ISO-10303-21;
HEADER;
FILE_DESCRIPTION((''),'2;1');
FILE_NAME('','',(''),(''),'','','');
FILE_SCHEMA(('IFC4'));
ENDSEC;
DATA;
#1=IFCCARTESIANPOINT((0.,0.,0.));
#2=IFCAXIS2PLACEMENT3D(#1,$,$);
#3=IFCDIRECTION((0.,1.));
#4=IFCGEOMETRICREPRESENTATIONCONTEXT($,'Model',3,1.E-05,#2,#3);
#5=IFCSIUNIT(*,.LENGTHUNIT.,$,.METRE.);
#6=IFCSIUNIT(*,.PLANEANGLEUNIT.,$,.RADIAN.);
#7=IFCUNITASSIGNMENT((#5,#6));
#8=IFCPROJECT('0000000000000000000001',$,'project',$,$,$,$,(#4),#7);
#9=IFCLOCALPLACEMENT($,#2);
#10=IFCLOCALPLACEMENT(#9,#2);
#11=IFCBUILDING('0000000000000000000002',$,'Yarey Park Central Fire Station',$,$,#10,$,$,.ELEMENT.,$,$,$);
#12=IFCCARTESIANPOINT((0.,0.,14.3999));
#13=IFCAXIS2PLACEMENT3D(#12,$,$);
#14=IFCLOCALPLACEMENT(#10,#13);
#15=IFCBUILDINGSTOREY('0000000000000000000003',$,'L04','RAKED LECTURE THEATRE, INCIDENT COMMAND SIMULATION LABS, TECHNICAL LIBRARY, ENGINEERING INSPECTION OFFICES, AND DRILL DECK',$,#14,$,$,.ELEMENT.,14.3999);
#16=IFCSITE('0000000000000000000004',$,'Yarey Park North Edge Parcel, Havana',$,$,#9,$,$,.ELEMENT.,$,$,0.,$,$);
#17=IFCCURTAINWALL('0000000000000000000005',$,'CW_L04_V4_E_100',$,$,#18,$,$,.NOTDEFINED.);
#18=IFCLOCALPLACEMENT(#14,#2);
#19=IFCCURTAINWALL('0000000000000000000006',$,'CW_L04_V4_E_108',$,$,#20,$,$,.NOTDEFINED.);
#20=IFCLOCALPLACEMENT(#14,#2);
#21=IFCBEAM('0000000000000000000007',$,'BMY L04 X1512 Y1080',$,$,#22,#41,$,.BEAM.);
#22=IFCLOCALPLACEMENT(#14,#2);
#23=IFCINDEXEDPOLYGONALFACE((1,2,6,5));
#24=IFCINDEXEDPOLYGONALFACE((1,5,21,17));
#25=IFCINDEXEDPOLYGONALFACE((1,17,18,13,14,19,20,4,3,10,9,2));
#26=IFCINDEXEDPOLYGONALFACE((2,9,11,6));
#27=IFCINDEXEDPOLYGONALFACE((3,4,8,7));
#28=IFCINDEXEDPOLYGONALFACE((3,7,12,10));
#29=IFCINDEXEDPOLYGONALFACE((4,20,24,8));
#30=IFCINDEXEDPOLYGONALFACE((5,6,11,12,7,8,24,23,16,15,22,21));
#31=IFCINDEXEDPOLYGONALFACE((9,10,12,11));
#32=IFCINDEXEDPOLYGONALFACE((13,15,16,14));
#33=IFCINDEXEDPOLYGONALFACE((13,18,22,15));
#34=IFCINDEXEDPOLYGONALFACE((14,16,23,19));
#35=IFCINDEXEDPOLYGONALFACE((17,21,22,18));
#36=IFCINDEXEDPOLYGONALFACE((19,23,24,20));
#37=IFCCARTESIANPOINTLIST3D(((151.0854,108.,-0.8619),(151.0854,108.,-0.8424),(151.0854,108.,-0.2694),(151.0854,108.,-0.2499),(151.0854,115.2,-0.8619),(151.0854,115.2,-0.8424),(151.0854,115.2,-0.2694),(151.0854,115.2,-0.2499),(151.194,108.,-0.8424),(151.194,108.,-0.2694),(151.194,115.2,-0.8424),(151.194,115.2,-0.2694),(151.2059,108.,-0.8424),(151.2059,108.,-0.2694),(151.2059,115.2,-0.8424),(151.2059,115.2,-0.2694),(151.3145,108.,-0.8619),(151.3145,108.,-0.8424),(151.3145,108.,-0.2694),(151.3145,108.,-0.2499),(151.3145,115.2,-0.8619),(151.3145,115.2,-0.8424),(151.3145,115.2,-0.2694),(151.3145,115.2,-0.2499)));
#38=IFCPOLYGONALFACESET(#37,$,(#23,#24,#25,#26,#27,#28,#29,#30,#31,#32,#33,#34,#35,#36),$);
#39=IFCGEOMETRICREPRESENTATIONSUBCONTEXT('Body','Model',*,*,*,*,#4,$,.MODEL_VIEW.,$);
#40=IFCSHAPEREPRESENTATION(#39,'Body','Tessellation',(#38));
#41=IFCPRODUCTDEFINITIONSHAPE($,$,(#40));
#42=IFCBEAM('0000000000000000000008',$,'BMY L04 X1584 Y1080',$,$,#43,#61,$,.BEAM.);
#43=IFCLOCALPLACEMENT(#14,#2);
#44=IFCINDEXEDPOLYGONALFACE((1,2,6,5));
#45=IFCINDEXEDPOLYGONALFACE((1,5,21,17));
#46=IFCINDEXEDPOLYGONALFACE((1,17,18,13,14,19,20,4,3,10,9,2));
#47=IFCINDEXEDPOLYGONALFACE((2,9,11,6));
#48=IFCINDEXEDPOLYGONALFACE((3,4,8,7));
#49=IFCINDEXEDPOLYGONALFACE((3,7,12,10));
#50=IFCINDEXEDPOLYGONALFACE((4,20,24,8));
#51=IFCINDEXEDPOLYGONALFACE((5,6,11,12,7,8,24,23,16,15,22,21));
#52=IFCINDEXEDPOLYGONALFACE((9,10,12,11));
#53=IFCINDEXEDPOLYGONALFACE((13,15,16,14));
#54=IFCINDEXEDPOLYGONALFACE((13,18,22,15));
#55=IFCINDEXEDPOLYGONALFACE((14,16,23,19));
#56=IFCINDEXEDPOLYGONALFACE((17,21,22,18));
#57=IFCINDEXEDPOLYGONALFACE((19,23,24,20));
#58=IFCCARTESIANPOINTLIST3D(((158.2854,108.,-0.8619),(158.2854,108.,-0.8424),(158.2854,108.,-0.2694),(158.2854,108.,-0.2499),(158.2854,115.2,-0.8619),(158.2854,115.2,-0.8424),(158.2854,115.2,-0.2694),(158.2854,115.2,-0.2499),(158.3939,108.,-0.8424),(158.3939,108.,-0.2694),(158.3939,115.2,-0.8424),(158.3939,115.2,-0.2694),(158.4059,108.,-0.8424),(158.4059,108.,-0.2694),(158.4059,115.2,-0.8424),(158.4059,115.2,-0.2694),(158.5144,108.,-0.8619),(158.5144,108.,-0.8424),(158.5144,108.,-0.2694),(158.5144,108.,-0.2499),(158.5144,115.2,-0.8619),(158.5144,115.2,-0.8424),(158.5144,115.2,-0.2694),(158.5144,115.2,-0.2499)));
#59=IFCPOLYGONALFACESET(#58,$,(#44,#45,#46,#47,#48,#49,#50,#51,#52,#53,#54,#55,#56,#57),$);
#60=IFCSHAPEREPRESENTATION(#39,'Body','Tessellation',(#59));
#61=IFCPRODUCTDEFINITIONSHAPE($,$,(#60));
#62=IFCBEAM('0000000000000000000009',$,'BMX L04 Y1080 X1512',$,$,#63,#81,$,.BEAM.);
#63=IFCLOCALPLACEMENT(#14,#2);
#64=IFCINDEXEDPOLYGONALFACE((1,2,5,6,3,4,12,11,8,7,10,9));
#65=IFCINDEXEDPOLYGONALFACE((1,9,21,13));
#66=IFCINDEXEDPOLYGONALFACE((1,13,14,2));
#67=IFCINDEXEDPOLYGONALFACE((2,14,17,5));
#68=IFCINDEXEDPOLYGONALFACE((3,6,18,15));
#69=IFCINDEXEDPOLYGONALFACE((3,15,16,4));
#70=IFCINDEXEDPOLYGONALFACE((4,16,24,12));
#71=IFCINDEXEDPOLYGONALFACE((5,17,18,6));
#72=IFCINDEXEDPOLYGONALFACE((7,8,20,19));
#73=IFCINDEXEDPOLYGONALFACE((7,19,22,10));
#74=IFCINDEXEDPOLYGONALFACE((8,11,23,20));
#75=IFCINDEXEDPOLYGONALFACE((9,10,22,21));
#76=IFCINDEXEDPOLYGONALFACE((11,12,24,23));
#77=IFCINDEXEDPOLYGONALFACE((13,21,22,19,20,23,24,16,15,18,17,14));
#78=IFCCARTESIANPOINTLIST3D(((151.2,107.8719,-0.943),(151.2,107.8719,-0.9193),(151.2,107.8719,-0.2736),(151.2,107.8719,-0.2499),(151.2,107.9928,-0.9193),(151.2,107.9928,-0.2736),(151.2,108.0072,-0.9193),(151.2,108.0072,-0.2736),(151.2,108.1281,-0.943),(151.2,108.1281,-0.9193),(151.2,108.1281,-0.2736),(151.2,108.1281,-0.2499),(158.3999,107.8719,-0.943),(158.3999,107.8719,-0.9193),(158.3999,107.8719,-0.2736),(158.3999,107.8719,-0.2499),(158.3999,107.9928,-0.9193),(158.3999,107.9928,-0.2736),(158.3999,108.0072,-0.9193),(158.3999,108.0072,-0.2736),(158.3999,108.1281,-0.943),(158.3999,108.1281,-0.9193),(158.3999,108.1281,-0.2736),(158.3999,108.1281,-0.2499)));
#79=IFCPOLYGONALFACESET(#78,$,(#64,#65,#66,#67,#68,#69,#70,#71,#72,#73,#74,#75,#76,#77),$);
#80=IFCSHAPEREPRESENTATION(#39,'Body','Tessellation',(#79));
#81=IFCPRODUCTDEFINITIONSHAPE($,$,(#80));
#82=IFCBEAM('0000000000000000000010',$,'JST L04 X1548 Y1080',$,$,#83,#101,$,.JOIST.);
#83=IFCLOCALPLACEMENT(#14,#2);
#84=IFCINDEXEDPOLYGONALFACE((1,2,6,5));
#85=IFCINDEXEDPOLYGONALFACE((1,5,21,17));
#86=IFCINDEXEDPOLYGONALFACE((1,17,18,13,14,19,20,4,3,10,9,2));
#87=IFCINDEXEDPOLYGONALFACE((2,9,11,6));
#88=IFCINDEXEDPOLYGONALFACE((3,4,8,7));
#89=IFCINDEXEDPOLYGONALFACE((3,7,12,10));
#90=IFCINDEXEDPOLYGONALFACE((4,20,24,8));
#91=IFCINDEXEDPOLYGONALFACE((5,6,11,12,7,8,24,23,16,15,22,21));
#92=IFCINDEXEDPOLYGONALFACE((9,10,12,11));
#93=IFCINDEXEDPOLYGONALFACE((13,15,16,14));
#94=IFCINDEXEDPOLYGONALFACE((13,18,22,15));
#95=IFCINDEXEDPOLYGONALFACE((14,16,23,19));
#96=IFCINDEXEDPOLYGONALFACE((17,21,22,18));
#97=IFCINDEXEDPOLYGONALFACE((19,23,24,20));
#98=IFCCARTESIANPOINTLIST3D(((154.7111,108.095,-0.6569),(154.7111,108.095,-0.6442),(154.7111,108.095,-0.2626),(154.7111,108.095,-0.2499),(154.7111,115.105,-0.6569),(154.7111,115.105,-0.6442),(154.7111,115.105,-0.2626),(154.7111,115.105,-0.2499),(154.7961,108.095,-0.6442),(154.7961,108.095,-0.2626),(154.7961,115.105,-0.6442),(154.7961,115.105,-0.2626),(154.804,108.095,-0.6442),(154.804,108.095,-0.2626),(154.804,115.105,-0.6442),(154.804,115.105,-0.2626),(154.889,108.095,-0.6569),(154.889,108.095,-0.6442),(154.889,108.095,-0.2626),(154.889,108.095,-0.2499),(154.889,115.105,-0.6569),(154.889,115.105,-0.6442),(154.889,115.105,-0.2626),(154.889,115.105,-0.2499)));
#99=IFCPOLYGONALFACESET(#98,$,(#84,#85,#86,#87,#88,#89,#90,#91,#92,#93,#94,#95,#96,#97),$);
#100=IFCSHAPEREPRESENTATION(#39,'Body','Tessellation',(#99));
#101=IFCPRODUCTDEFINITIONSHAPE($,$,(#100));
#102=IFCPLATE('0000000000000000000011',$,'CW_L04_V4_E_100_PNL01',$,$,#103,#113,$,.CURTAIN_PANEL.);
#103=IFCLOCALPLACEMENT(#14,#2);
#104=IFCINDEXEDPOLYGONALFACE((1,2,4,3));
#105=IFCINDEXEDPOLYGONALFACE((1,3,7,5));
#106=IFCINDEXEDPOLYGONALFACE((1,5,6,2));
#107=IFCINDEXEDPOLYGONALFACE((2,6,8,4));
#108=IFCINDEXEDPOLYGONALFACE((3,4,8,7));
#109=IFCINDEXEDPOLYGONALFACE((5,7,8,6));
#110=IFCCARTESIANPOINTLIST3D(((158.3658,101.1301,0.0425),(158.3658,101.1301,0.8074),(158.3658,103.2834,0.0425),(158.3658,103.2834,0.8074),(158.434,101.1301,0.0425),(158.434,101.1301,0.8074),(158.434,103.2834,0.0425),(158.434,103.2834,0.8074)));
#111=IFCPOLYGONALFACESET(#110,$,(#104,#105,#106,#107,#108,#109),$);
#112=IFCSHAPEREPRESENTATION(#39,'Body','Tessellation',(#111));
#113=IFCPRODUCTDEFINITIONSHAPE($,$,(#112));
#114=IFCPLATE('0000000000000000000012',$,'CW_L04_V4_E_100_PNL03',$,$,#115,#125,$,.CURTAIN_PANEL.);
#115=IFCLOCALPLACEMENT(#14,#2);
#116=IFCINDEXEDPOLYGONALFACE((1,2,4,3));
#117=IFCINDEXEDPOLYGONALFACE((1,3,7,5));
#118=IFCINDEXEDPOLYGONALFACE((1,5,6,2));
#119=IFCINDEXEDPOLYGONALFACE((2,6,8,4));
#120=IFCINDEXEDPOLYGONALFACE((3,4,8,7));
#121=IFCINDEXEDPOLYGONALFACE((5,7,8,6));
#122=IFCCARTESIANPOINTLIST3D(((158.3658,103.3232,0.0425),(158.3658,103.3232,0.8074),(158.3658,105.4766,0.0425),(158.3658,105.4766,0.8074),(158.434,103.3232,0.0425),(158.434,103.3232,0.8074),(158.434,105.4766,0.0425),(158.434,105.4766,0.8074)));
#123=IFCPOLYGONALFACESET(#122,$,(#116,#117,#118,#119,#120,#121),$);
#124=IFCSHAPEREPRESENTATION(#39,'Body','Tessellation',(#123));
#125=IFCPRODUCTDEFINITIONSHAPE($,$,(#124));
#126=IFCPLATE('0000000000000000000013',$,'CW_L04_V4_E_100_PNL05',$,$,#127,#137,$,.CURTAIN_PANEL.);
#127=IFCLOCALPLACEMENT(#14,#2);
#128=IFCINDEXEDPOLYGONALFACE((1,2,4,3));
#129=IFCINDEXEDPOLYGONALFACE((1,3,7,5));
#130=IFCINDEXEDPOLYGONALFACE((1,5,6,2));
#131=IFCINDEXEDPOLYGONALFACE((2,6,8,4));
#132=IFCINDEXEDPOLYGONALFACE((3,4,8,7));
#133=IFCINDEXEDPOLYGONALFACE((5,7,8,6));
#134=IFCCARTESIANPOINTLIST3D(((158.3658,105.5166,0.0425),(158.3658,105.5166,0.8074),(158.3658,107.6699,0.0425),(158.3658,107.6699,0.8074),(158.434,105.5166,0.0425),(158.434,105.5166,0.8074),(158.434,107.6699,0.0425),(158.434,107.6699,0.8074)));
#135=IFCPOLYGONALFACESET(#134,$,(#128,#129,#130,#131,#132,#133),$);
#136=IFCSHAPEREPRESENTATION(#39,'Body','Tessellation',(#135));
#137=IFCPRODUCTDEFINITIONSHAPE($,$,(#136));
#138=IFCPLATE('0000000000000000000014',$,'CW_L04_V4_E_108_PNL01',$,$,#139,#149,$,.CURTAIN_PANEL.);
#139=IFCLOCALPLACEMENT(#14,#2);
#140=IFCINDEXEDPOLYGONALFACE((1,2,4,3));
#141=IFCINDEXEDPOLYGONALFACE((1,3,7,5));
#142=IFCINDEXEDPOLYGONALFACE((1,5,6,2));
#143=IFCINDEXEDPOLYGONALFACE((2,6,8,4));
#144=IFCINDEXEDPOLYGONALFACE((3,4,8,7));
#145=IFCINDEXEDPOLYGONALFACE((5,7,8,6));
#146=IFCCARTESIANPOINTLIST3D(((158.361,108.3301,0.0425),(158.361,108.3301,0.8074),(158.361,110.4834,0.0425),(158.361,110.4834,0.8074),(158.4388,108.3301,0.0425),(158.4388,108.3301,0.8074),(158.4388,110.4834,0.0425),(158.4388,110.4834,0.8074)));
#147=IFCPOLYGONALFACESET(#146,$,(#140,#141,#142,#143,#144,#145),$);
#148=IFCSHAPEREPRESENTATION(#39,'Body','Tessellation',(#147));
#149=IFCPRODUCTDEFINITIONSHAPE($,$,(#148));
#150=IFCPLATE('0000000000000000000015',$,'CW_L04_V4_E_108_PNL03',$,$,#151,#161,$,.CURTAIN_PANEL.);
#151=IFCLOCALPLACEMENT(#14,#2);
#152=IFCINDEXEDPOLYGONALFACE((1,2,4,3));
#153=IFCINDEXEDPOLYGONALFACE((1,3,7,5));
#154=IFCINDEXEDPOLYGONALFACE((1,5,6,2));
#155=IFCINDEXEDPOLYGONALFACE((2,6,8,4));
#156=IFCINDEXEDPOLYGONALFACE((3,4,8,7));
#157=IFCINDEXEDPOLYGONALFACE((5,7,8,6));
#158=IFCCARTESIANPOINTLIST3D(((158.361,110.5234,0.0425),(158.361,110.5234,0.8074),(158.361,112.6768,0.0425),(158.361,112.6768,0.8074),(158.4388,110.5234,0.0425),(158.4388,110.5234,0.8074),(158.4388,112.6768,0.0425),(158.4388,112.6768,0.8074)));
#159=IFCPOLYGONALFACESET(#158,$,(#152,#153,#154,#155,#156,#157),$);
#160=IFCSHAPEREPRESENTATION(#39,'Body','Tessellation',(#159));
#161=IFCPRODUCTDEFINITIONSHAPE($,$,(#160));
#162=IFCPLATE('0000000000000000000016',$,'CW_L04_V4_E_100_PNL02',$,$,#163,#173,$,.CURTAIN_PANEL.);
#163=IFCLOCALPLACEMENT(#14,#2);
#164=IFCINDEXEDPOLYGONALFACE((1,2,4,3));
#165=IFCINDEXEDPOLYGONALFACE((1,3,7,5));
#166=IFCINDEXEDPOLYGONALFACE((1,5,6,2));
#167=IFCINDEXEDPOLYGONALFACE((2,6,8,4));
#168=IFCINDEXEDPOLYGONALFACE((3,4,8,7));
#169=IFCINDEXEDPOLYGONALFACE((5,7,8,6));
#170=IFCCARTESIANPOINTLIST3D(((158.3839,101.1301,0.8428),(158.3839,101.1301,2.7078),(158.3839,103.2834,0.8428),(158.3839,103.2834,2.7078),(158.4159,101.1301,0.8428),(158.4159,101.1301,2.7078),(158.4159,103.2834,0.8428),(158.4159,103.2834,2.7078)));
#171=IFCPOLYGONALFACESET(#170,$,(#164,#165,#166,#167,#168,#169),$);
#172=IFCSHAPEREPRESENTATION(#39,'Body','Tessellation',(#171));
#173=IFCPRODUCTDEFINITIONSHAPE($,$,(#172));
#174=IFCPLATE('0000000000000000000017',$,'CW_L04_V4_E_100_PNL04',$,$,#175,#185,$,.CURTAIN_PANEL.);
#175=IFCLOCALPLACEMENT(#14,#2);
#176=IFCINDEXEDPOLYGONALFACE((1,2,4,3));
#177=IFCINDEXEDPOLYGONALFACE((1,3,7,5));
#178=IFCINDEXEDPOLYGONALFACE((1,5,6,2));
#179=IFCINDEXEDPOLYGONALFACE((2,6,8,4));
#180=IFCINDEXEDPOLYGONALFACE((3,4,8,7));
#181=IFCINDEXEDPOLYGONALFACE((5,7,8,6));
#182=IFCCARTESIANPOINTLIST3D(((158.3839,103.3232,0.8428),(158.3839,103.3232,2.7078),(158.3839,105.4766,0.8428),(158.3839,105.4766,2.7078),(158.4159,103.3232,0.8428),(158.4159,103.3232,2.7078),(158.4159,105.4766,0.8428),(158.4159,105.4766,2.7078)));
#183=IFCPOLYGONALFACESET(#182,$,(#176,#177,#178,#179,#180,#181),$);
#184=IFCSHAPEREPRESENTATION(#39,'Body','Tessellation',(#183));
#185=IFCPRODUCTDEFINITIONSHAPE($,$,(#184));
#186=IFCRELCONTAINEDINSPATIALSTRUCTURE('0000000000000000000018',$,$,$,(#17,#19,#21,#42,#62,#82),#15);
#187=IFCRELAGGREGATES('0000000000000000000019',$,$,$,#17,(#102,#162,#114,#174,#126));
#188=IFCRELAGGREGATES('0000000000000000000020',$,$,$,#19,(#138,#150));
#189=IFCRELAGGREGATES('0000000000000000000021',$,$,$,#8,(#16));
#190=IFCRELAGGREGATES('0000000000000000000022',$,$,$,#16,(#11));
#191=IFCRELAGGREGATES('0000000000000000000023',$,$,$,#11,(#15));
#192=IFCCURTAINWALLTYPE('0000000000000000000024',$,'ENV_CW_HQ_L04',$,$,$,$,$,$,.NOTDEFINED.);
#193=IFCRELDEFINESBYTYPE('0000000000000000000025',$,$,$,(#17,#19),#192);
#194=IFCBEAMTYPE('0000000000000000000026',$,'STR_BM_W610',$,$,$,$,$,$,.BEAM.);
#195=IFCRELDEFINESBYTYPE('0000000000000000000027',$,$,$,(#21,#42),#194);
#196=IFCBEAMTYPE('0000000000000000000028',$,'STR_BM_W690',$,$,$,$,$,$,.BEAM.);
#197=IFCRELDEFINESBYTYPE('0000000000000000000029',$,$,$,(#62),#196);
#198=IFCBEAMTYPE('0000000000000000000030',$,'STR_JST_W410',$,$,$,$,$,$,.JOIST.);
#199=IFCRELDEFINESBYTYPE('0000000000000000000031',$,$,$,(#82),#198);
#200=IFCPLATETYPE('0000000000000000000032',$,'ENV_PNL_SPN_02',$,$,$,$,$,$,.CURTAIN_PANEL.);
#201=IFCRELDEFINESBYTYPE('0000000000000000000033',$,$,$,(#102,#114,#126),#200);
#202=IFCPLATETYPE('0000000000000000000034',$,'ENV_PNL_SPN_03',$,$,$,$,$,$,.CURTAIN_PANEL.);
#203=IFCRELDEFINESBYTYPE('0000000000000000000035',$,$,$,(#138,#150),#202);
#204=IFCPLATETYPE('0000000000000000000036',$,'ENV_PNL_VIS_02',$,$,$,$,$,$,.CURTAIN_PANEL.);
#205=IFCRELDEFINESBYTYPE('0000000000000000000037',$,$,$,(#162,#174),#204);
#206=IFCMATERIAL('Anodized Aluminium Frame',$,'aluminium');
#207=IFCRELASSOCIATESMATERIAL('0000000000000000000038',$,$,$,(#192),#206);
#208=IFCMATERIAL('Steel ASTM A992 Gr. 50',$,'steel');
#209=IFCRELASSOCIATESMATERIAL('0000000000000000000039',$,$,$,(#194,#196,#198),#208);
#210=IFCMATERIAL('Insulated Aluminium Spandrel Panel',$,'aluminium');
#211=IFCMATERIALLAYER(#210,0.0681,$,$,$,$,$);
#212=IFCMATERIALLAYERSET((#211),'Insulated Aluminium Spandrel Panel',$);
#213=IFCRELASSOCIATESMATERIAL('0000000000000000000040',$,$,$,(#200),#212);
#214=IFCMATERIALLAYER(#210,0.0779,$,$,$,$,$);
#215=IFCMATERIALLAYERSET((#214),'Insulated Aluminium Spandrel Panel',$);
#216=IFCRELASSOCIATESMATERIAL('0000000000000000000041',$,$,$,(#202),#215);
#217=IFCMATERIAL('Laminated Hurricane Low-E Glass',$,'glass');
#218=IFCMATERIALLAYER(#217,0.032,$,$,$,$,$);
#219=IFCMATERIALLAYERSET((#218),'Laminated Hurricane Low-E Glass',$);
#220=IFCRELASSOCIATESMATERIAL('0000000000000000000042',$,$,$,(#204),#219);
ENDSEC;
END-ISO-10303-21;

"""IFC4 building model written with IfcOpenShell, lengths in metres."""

from ifc_helpers import new_model, si_unit, direction, frame, origin, origin_2d, place, context, subcontext, project, spatial, rectangle, i_section, extrude, material, layer, layer_set, material_profile, profile_set, type_object, element, aggregate, save


model = new_model("IFC4")

# Units and contexts
model_context = context("Model", 3, precision=1e-05, world=origin(), true_north=direction((0.0, 1.0)))
body_context = subcontext(model_context, "Body", "Model", "MODEL_VIEW")
ifc_project = project(units=[si_unit("LENGTHUNIT", "METRE"), si_unit("PLANEANGLEUNIT", "RADIAN")], contexts=[model_context])

# Site, building, storey
site_placement = place(None, origin())
site = spatial("IfcSite", under=ifc_project, at=site_placement, Name="Yarey Park North Edge Parcel, Havana", CompositionType="ELEMENT", RefElevation=0.0)
building_placement = place(site_placement, origin())
building = spatial("IfcBuilding", under=site, at=building_placement, Name="Yarey Park Central Fire Station", CompositionType="ELEMENT")
storey_placement = place(building_placement, frame((0.0, 0.0, 14.3999)))
storey = spatial("IfcBuildingStorey", under=building, at=storey_placement, Name="L04", Description="RAKED LECTURE THEATRE, INCIDENT COMMAND SIMULATION LABS, TECHNICAL LIBRARY, ENGINEERING INSPECTION OFFICES, AND DRILL DECK", CompositionType="ELEMENT", Elevation=14.3999)

# Curtain walls
ifc_material_1 = material(Name="Anodized Aluminium Frame", Category="aluminium")
curtain_wall_type = type_object("IfcCurtainWallType", Name="ENV_CW_HQ_L04", PredefinedType="NOTDEFINED", material=ifc_material_1)
curtain_wall_1_placement = place(storey_placement, origin())
curtain_wall_1 = element("IfcCurtainWall", 1, at=curtain_wall_1_placement, inside=storey, type_object=curtain_wall_type, Name="CW_L04_V4_E_100", PredefinedType="NOTDEFINED")
curtain_wall_2_placement = place(storey_placement, origin())
curtain_wall_2 = element("IfcCurtainWall", 2, at=curtain_wall_2_placement, inside=storey, type_object=curtain_wall_type, Name="CW_L04_V4_E_108", PredefinedType="NOTDEFINED")

# Beams
ifc_material_2 = material(Name="Steel ASTM A992 Gr. 50", Category="steel")
ifc_material_profile_1 = material_profile(ifc_material_2, i_section(OverallWidth=0.229, OverallDepth=0.6121, WebThickness=0.012, FlangeThickness=0.0195, at=origin_2d()), Name="W610x125")
ifc_profile_set_1 = profile_set([ifc_material_profile_1], Name="Steel ASTM A992 Gr. 50")
beam_type_1 = type_object("IfcBeamType", Name="STR_BM_W610", PredefinedType="BEAM", material=ifc_profile_set_1)
for number, where, z_axis, x_axis, name in (
    (3, (151.2, 108.0, -0.5559), (0.0, 1.0, 0.0), (-1.0, 0.0, 0.0), "BMY L04 X1512 Y1080"),
    (4, (158.3999, 108.0, -0.5559), (0.0, 1.0, 0.0), (-1.0, 0.0, 0.0), "BMY L04 X1584 Y1080"),
):
    element("IfcBeam", number, at=place(storey_placement, frame(where, z_axis=z_axis, x_axis=x_axis)), inside=storey, type_object=beam_type_1, Name=name, PredefinedType="BEAM", context=body_context, shape_type="SweptSolid", body=[
        extrude(i_section(OverallWidth=0.229, OverallDepth=0.6121, WebThickness=0.012, FlangeThickness=0.0195, at=origin_2d()), origin(), (0.0, 0.0, 1.0), 7.2),
    ])
ifc_material_profile_2 = material_profile(ifc_material_2, i_section(OverallWidth=0.2561, OverallDepth=0.6931, WebThickness=0.0144, FlangeThickness=0.0237, at=origin_2d()), Name="W690x170")
ifc_profile_set_2 = profile_set([ifc_material_profile_2], Name="Steel ASTM A992 Gr. 50")
beam_type_2 = type_object("IfcBeamType", Name="STR_BM_W690", PredefinedType="BEAM", material=ifc_profile_set_2)
beam_1_placement = place(storey_placement, frame((151.2, 108.0, -0.5964), z_axis=(1.0, 0.0, 0.0), x_axis=(0.0, 1.0, 0.0)))
element("IfcBeam", 5, at=beam_1_placement, inside=storey, type_object=beam_type_2, Name="BMX L04 Y1080 X1512", PredefinedType="BEAM", context=body_context, shape_type="SweptSolid", body=[
    extrude(i_section(OverallWidth=0.2561, OverallDepth=0.6931, WebThickness=0.0144, FlangeThickness=0.0237, at=origin_2d()), origin(), (0.0, 0.0, 1.0), 7.2),
])
ifc_material_profile_3 = material_profile(ifc_material_2, i_section(OverallWidth=0.178, OverallDepth=0.407, WebThickness=0.0078, FlangeThickness=0.0127, at=origin_2d()), Name="W410x60")
ifc_profile_set_3 = profile_set([ifc_material_profile_3], Name="Steel ASTM A992 Gr. 50")
beam_type_3 = type_object("IfcBeamType", Name="STR_JST_W410", PredefinedType="JOIST", material=ifc_profile_set_3)
beam_2_placement = place(storey_placement, frame((154.8, 108.095, -0.4534), z_axis=(0.0, 1.0, 0.0), x_axis=(-1.0, 0.0, 0.0)))
element("IfcBeam", 6, at=beam_2_placement, inside=storey, type_object=beam_type_3, Name="JST L04 X1548 Y1080", PredefinedType="JOIST", context=body_context, shape_type="SweptSolid", body=[
    extrude(i_section(OverallWidth=0.178, OverallDepth=0.407, WebThickness=0.0078, FlangeThickness=0.0127, at=origin_2d()), origin(), (0.0, 0.0, 1.0), 7.01),
])

# Plates
ifc_material_3 = material(Name="Insulated Aluminium Spandrel Panel", Category="aluminium")
ifc_layer_1 = layer(ifc_material_3, 0.0681)
ifc_layer_set_1 = layer_set([ifc_layer_1], Name="Insulated Aluminium Spandrel Panel")
plate_type_1 = type_object("IfcPlateType", Name="ENV_PNL_SPN_02", PredefinedType="CURTAIN_PANEL", material=ifc_layer_set_1)
plate_1_placement = place(storey_placement, frame((158.3999, 102.2068, 0.0425), z_axis=(0.0, 0.0, 1.0), x_axis=(0.0, 1.0, 0.0)))
plate_1 = element("IfcPlate", 7, at=plate_1_placement, type_object=plate_type_1, Name="CW_L04_V4_E_100_PNL01", PredefinedType="CURTAIN_PANEL", context=body_context, shape_type="SweptSolid", body=[
    extrude(rectangle(XDim=2.1533, YDim=0.0681, at=origin_2d()), origin(), (0.0, 0.0, 1.0), 0.7649),
])
plate_2_placement = place(storey_placement, frame((158.3999, 104.3999, 0.0425), z_axis=(0.0, 0.0, 1.0), x_axis=(0.0, 1.0, 0.0)))
plate_2 = element("IfcPlate", 8, at=plate_2_placement, type_object=plate_type_1, Name="CW_L04_V4_E_100_PNL03", PredefinedType="CURTAIN_PANEL", context=body_context, shape_type="SweptSolid", body=[
    extrude(rectangle(XDim=2.1533, YDim=0.0681, at=origin_2d()), origin(), (0.0, 0.0, 1.0), 0.7649),
])
plate_3_placement = place(storey_placement, frame((158.3999, 106.5933, 0.0425), z_axis=(0.0, 0.0, 1.0), x_axis=(0.0, 1.0, 0.0)))
plate_3 = element("IfcPlate", 9, at=plate_3_placement, type_object=plate_type_1, Name="CW_L04_V4_E_100_PNL05", PredefinedType="CURTAIN_PANEL", context=body_context, shape_type="SweptSolid", body=[
    extrude(rectangle(XDim=2.1533, YDim=0.0681, at=origin_2d()), origin(), (0.0, 0.0, 1.0), 0.7649),
])
ifc_layer_2 = layer(ifc_material_3, 0.0779)
ifc_layer_set_2 = layer_set([ifc_layer_2], Name="Insulated Aluminium Spandrel Panel")
plate_type_2 = type_object("IfcPlateType", Name="ENV_PNL_SPN_03", PredefinedType="CURTAIN_PANEL", material=ifc_layer_set_2)
plate_4_placement = place(storey_placement, frame((158.3999, 109.4067, 0.0425), z_axis=(0.0, 0.0, 1.0), x_axis=(0.0, 1.0, 0.0)))
plate_4 = element("IfcPlate", 10, at=plate_4_placement, type_object=plate_type_2, Name="CW_L04_V4_E_108_PNL01", PredefinedType="CURTAIN_PANEL", context=body_context, shape_type="SweptSolid", body=[
    extrude(rectangle(XDim=2.1533, YDim=0.0779, at=origin_2d()), origin(), (0.0, 0.0, 1.0), 0.7649),
])
plate_5_placement = place(storey_placement, frame((158.3999, 111.6001, 0.0425), z_axis=(0.0, 0.0, 1.0), x_axis=(0.0, 1.0, 0.0)))
plate_5 = element("IfcPlate", 11, at=plate_5_placement, type_object=plate_type_2, Name="CW_L04_V4_E_108_PNL03", PredefinedType="CURTAIN_PANEL", context=body_context, shape_type="SweptSolid", body=[
    extrude(rectangle(XDim=2.1533, YDim=0.0779, at=origin_2d()), origin(), (0.0, 0.0, 1.0), 0.7649),
])
ifc_material_4 = material(Name="Laminated Hurricane Low-E Glass", Category="glass")
ifc_layer_3 = layer(ifc_material_4, 0.032)
ifc_layer_set_3 = layer_set([ifc_layer_3], Name="Laminated Hurricane Low-E Glass")
plate_type_3 = type_object("IfcPlateType", Name="ENV_PNL_VIS_02", PredefinedType="CURTAIN_PANEL", material=ifc_layer_set_3)
plate_6_placement = place(storey_placement, frame((158.3999, 102.2068, 0.8428), z_axis=(0.0, 0.0, 1.0), x_axis=(0.0, 1.0, 0.0)))
plate_6 = element("IfcPlate", 12, at=plate_6_placement, type_object=plate_type_3, Name="CW_L04_V4_E_100_PNL02", PredefinedType="CURTAIN_PANEL", context=body_context, shape_type="SweptSolid", body=[
    extrude(rectangle(XDim=2.1533, YDim=0.032, at=origin_2d()), origin(), (0.0, 0.0, 1.0), 1.865),
])
plate_7_placement = place(storey_placement, frame((158.3999, 104.3999, 0.8428), z_axis=(0.0, 0.0, 1.0), x_axis=(0.0, 1.0, 0.0)))
plate_7 = element("IfcPlate", 13, at=plate_7_placement, type_object=plate_type_3, Name="CW_L04_V4_E_100_PNL04", PredefinedType="CURTAIN_PANEL", context=body_context, shape_type="SweptSolid", body=[
    extrude(rectangle(XDim=2.1533, YDim=0.032, at=origin_2d()), origin(), (0.0, 0.0, 1.0), 1.865),
])
aggregate(curtain_wall_1, [plate_1, plate_6, plate_2, plate_7, plate_3])
aggregate(curtain_wall_2, [plate_4, plate_5])

save(model, "model.ifc")
